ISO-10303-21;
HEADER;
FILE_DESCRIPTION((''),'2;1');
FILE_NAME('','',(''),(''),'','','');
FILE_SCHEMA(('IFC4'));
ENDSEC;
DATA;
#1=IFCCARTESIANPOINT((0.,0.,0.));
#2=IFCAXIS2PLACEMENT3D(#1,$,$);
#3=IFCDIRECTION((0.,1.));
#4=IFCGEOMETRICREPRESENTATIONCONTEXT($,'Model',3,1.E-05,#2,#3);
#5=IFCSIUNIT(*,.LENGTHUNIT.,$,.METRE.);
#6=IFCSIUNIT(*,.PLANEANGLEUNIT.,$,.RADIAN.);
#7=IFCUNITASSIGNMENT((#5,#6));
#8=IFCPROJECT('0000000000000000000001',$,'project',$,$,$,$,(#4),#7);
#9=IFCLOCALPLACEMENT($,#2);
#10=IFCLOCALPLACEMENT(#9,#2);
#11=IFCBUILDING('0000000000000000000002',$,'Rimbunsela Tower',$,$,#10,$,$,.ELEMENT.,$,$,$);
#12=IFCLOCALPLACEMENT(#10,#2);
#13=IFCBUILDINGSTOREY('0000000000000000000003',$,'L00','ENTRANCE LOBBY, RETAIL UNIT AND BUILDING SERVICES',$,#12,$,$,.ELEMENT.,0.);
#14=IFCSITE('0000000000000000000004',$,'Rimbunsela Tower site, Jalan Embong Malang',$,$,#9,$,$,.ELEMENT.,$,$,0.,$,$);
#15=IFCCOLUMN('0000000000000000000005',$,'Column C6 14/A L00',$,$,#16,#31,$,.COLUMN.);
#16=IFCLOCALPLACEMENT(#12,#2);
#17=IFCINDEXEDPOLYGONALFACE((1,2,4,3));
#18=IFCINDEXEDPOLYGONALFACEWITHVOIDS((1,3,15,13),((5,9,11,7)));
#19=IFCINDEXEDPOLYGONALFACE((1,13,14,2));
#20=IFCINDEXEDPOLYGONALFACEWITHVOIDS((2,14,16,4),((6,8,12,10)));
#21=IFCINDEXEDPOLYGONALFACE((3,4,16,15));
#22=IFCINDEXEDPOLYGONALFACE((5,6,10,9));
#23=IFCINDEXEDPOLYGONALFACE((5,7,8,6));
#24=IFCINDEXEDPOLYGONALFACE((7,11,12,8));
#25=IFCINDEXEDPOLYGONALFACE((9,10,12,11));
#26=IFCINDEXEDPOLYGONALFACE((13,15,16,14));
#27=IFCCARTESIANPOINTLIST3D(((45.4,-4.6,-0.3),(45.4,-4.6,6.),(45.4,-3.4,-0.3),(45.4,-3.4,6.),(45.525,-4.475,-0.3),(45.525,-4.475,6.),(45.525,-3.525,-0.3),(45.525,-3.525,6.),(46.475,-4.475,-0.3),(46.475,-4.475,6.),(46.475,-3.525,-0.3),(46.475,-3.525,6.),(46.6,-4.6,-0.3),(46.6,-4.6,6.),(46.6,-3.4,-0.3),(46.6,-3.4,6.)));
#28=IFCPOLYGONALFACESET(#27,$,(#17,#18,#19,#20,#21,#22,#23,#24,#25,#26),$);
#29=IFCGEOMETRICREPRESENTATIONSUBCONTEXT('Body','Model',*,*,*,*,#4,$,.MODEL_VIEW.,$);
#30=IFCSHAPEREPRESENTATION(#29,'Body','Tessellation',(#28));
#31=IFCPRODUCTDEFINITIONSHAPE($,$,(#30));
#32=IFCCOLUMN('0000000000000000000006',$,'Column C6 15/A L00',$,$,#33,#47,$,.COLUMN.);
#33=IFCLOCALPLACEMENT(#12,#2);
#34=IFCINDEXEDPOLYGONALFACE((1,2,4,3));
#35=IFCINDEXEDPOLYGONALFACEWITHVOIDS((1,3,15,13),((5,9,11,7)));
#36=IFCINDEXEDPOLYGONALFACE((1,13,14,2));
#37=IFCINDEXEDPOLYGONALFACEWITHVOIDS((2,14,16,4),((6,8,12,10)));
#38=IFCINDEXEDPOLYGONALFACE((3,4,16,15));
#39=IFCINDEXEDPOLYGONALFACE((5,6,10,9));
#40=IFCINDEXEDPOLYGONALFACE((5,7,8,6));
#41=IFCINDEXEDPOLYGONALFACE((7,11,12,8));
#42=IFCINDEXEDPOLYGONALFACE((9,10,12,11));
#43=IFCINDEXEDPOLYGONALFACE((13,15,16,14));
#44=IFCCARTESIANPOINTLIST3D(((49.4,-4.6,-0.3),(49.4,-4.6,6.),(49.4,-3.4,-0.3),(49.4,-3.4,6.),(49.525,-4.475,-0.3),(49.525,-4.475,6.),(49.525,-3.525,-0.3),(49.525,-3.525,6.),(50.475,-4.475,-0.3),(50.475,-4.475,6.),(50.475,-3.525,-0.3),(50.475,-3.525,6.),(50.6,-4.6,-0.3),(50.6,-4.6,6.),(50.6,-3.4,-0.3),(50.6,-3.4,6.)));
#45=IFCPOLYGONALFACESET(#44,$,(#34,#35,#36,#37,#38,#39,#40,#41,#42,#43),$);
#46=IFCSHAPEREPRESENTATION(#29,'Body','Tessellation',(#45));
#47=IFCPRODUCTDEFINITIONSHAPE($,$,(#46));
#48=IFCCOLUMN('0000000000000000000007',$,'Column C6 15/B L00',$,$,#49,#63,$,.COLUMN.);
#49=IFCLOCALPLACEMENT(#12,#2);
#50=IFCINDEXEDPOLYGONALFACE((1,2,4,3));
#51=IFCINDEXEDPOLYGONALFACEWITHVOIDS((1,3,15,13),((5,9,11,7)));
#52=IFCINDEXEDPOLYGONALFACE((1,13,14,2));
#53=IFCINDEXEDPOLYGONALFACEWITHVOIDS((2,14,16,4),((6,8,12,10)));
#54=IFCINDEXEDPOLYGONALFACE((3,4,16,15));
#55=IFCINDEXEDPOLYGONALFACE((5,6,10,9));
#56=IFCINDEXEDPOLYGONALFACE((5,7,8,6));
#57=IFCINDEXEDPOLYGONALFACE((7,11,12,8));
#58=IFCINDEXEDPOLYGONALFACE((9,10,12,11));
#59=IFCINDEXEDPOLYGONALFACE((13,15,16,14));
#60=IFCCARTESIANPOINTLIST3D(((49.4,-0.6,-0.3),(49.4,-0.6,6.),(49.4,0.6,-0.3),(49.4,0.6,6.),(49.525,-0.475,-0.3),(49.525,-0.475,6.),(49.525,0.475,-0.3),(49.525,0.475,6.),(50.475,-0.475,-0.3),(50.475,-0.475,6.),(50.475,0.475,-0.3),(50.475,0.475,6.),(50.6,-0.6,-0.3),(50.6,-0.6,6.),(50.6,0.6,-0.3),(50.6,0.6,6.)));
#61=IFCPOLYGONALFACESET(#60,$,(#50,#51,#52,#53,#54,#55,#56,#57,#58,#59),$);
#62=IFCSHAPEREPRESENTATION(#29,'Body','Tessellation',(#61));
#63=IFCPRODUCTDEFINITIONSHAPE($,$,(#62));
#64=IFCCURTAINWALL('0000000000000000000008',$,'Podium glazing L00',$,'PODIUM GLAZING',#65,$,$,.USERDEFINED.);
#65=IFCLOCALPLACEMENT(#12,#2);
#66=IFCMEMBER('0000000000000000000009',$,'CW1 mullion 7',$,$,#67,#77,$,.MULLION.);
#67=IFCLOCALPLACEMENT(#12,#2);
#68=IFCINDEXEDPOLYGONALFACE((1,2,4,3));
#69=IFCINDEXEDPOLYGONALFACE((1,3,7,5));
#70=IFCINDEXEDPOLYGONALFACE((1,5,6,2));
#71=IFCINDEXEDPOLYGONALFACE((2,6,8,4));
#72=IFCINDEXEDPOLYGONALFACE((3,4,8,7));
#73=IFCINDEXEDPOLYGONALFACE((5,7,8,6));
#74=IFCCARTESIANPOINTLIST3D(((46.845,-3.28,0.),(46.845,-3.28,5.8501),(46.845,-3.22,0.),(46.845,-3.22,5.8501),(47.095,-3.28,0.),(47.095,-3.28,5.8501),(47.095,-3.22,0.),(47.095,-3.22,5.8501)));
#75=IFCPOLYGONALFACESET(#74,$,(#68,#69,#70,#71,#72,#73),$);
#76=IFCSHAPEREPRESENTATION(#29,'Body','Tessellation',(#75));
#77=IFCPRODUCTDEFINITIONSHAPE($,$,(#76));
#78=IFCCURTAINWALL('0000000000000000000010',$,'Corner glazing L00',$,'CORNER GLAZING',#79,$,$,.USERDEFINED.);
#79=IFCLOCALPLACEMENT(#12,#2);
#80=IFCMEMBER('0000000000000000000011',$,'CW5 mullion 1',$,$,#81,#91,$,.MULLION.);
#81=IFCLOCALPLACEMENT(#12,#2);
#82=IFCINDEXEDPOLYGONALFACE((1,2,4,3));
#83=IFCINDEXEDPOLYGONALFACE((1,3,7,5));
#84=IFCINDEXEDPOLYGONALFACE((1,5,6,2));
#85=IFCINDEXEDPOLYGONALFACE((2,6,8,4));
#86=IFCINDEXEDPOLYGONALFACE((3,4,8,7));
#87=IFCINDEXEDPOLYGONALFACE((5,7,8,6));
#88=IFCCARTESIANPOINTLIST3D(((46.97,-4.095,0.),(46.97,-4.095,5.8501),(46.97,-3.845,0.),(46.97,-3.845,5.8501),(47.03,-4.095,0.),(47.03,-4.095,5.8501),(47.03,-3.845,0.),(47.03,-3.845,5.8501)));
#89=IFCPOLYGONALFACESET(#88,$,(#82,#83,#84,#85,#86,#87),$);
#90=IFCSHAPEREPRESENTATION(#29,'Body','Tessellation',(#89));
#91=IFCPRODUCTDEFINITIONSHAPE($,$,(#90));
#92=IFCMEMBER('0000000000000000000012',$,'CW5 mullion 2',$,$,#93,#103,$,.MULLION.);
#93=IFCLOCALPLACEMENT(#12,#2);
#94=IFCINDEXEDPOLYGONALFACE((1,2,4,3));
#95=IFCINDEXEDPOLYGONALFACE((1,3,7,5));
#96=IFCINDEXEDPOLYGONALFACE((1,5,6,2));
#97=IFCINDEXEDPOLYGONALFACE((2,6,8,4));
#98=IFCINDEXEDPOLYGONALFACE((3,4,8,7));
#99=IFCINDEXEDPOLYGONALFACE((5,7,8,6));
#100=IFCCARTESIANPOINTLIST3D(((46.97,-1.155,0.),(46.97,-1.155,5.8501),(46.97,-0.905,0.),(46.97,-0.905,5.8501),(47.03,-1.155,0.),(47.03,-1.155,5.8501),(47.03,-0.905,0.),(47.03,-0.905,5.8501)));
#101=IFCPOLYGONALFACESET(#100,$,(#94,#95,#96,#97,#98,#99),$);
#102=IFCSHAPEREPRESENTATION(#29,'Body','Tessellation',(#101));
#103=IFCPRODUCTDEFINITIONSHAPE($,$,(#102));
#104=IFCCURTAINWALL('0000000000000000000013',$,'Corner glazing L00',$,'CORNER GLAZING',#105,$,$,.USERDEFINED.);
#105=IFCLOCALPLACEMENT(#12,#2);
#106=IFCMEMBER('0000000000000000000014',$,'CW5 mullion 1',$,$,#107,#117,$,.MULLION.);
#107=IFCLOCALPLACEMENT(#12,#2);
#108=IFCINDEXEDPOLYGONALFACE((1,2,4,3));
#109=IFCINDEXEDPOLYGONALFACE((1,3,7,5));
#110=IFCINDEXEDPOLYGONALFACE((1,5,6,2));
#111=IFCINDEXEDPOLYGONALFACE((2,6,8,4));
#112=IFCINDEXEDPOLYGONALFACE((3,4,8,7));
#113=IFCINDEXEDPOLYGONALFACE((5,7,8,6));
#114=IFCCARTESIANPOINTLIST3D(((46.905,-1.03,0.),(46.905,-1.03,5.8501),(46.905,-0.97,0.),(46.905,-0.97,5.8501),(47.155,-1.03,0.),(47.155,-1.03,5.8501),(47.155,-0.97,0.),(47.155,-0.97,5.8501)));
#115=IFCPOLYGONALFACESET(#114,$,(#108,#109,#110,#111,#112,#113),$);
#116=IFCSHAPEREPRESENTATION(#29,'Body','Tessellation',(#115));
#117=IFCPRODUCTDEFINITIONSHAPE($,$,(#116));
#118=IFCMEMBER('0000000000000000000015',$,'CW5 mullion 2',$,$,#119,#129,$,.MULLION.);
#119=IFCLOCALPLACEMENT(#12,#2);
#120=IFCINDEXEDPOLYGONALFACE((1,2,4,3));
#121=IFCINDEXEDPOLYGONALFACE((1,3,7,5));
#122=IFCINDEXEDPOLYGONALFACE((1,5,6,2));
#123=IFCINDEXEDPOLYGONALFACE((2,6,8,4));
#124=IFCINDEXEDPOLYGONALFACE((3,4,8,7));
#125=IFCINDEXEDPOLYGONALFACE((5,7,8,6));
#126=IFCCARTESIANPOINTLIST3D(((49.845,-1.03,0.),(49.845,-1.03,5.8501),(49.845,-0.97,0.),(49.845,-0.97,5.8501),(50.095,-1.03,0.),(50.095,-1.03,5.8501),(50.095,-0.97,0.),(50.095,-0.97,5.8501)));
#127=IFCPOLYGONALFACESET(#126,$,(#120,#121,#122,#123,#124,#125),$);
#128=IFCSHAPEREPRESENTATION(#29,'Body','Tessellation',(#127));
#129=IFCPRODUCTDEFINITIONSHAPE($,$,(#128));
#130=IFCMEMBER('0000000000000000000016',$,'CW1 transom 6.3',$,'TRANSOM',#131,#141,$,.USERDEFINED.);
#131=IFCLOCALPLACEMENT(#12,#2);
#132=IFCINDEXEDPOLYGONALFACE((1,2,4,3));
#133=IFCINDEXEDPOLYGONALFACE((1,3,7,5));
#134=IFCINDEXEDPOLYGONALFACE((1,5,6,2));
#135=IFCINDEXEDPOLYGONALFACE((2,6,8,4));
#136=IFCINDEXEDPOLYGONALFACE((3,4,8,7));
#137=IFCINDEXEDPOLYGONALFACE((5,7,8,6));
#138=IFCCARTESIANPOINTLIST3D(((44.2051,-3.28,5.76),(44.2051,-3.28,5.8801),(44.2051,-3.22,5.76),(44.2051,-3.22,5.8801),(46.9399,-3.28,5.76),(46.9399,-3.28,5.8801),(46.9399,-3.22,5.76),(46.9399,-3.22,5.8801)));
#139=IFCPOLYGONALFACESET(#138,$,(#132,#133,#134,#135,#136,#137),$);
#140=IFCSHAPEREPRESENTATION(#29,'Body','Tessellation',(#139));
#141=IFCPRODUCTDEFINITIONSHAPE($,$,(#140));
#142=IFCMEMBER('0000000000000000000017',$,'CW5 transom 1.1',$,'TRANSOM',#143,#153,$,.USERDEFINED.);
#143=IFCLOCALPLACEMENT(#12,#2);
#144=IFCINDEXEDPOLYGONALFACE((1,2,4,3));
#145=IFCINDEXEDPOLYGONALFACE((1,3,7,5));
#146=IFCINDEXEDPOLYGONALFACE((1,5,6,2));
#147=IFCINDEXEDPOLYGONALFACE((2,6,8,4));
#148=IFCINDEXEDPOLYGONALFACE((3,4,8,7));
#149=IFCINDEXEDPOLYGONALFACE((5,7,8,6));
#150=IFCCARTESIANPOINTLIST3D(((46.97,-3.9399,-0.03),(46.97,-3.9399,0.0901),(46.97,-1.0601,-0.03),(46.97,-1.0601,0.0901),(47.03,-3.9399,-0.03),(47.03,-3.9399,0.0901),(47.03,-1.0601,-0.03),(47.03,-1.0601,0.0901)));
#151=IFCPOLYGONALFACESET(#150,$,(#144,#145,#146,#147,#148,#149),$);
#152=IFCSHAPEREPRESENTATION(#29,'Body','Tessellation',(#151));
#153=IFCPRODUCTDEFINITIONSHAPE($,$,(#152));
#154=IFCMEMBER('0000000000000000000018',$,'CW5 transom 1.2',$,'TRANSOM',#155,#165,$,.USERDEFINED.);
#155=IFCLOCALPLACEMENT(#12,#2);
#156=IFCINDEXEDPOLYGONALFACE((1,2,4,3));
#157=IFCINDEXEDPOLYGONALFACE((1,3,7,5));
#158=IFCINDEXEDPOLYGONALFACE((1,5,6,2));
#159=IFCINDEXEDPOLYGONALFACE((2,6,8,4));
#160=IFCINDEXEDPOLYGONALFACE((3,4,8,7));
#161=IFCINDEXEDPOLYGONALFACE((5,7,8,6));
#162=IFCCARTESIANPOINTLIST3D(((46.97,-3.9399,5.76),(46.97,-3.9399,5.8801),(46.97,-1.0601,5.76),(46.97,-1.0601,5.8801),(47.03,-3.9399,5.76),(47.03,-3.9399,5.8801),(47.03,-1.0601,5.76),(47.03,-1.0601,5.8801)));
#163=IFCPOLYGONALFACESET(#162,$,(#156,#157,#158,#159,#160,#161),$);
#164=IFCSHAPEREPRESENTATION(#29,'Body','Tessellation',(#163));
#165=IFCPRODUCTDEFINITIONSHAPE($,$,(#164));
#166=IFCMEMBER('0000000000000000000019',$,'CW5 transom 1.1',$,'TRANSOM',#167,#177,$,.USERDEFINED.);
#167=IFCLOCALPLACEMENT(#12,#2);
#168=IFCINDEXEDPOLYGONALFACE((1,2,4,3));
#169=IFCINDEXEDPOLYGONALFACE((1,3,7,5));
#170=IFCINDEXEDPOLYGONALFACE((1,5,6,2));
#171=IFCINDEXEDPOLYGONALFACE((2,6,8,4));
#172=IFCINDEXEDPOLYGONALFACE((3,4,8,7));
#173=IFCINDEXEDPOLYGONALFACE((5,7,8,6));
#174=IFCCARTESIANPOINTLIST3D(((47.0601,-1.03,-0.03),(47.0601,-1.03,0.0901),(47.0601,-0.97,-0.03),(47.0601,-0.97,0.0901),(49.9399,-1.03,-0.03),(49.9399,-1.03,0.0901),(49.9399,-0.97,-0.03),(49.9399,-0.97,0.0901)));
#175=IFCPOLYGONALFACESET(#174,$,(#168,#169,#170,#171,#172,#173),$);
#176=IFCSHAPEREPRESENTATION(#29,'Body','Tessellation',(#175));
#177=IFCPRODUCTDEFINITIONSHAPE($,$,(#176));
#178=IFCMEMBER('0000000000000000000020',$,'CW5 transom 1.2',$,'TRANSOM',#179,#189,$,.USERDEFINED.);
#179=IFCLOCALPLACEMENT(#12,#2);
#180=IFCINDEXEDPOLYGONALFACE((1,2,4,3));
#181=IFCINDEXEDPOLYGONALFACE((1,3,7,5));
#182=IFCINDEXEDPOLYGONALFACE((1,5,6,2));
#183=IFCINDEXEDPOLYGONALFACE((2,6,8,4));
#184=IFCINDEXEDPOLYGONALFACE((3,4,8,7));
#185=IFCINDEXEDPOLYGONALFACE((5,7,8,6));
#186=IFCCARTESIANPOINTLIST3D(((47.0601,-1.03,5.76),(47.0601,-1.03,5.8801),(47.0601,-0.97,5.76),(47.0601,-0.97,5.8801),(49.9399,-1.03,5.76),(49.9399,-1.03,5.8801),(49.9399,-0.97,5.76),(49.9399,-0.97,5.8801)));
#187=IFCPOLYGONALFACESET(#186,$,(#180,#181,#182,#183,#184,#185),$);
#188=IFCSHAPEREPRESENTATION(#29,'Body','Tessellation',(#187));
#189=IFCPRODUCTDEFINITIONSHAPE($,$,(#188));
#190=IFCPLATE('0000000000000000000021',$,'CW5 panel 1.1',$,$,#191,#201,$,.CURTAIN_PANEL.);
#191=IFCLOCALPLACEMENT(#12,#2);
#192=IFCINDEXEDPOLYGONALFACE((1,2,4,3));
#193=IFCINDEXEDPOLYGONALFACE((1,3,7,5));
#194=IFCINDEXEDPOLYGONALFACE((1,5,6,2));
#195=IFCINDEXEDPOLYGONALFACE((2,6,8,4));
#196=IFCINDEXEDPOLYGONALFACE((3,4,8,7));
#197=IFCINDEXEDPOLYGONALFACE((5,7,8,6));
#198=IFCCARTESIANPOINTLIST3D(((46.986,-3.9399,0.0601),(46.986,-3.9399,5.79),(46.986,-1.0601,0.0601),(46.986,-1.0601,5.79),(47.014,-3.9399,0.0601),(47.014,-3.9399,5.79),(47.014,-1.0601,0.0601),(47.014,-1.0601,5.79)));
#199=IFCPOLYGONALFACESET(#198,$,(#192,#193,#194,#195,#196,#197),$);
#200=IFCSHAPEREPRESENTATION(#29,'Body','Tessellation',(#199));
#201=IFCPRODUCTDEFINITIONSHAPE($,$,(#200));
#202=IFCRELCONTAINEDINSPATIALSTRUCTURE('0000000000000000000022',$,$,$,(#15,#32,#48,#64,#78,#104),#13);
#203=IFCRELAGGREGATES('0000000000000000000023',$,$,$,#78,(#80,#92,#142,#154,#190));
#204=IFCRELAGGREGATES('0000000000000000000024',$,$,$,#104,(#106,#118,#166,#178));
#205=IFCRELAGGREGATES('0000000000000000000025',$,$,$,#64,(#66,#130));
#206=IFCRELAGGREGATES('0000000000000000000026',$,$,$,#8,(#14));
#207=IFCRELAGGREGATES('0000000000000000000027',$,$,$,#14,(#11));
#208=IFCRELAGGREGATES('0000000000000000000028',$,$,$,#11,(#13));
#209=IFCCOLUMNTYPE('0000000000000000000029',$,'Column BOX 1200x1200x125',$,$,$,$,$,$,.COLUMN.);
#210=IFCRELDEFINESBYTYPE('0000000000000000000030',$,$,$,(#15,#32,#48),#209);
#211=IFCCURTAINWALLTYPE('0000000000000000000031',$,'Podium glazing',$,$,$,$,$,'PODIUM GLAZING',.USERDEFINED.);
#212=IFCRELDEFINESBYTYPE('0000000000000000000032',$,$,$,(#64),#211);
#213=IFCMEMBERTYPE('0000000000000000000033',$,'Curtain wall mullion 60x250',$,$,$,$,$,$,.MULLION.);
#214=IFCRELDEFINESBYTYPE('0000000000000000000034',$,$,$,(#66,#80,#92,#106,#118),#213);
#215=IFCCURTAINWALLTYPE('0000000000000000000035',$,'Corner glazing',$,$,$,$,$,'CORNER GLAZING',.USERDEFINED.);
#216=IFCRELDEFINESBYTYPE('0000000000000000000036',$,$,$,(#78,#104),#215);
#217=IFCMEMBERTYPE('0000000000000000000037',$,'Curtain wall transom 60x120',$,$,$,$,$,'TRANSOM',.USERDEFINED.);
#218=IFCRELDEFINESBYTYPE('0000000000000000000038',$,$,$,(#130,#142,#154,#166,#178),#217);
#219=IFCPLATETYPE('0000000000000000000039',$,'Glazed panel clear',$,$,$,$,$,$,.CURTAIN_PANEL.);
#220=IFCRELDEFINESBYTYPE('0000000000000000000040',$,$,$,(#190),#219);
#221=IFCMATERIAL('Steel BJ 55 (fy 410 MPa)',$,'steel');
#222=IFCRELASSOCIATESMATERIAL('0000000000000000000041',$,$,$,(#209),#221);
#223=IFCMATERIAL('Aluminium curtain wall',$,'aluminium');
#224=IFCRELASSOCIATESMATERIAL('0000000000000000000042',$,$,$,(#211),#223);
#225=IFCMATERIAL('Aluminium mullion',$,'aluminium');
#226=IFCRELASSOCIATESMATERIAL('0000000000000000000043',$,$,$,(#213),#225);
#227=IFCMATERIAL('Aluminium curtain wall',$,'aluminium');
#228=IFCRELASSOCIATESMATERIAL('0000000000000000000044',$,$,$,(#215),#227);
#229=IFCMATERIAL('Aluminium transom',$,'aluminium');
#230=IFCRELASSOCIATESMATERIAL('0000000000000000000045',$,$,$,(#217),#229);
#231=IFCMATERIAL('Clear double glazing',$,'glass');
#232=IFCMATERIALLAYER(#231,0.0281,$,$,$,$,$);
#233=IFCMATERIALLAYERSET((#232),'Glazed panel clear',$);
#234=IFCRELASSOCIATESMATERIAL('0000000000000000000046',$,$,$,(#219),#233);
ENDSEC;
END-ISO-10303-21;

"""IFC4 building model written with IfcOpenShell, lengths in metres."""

from ifc_helpers import new_model, si_unit, direction, frame, origin, origin_2d, place, context, subcontext, project, spatial, rectangle, hollow_rectangle, extrude, material, layer, layer_set, material_profile, profile_set, type_object, element, aggregate, save


model = new_model("IFC4")

# Units and contexts
model_context = context("Model", 3, precision=1e-05, world=origin(), true_north=direction((0.0, 1.0)))
body_context = subcontext(model_context, "Body", "Model", "MODEL_VIEW")
ifc_project = project(units=[si_unit("LENGTHUNIT", "METRE"), si_unit("PLANEANGLEUNIT", "RADIAN")], contexts=[model_context])

# Site, building, storey
site_placement = place(None, origin())
site = spatial("IfcSite", under=ifc_project, at=site_placement, Name="Rimbunsela Tower site, Jalan Embong Malang", CompositionType="ELEMENT", RefElevation=0.0)
building_placement = place(site_placement, origin())
building = spatial("IfcBuilding", under=site, at=building_placement, Name="Rimbunsela Tower", CompositionType="ELEMENT")
storey_placement = place(building_placement, origin())
storey = spatial("IfcBuildingStorey", under=building, at=storey_placement, Name="L00", Description="ENTRANCE LOBBY, RETAIL UNIT AND BUILDING SERVICES", CompositionType="ELEMENT", Elevation=0.0)

# Columns
ifc_material_1 = material(Name="Steel BJ 55 (fy 410 MPa)", Category="steel")
ifc_material_profile_1 = material_profile(ifc_material_1, hollow_rectangle(XDim=1.2, YDim=1.2, WallThickness=0.125, at=origin_2d()), Name="BOX 1200x1200x125")
ifc_profile_set_1 = profile_set([ifc_material_profile_1], Name="Steel BJ 55 (fy 410 MPa)")
column_type = type_object("IfcColumnType", Name="Column BOX 1200x1200x125", PredefinedType="COLUMN", material=ifc_profile_set_1)
for number, where, z_axis, x_axis, name in (
    (1, (46.0, -4.0, -0.3), (0.0, 0.0, 1.0), (1.0, 0.0, 0.0), "Column C6 14/A L00"),
    (2, (50.0, -4.0, -0.3), (0.0, 0.0, 1.0), (1.0, 0.0, 0.0), "Column C6 15/A L00"),
    (3, (50.0, 0.0, -0.3), (0.0, 0.0, 1.0), (1.0, 0.0, 0.0), "Column C6 15/B L00"),
):
    element("IfcColumn", number, at=place(storey_placement, frame(where, z_axis=z_axis, x_axis=x_axis)), inside=storey, type_object=column_type, Name=name, PredefinedType="COLUMN", context=body_context, shape_type="SweptSolid", body=[
        extrude(hollow_rectangle(XDim=1.2, YDim=1.2, WallThickness=0.125, at=origin_2d()), origin(), (0.0, 0.0, 1.0), 6.3),
    ])

# Curtain wall, member
ifc_material_2 = material(Name="Aluminium curtain wall", Category="aluminium")
curtain_wall_type_1 = type_object("IfcCurtainWallType", Name="Podium glazing", ElementType="PODIUM GLAZING", PredefinedType="USERDEFINED", material=ifc_material_2)
curtain_wall_1_placement = place(storey_placement, origin())
curtain_wall_1 = element("IfcCurtainWall", 4, at=curtain_wall_1_placement, inside=storey, type_object=curtain_wall_type_1, Name="Podium glazing L00", ObjectType="PODIUM GLAZING", PredefinedType="USERDEFINED")
ifc_material_3 = material(Name="Aluminium mullion", Category="aluminium")
ifc_material_profile_2 = material_profile(ifc_material_3, rectangle(XDim=0.0601, YDim=0.25, at=origin_2d()), Name="Mullion 60x250")
ifc_profile_set_2 = profile_set([ifc_material_profile_2], Name="Aluminium mullion")
member_type_1 = type_object("IfcMemberType", Name="Curtain wall mullion 60x250", PredefinedType="MULLION", material=ifc_profile_set_2)
member_1_placement = place(storey_placement, frame((46.97, -3.25, 0.0), z_axis=(0.0, 0.0, 1.0), x_axis=(0.0, 1.0, 0.0)))
member_1 = element("IfcMember", 5, at=member_1_placement, type_object=member_type_1, Name="CW1 mullion 7", PredefinedType="MULLION", context=body_context, shape_type="SweptSolid", body=[
    extrude(rectangle(XDim=0.0601, YDim=0.25, at=origin_2d()), origin(), (0.0, 0.0, 1.0), 5.8501),
])

# Curtain walls, members
ifc_material_4 = material(Name="Aluminium curtain wall", Category="aluminium")
curtain_wall_type_2 = type_object("IfcCurtainWallType", Name="Corner glazing", ElementType="CORNER GLAZING", PredefinedType="USERDEFINED", material=ifc_material_4)
curtain_wall_2_placement = place(storey_placement, origin())
curtain_wall_2 = element("IfcCurtainWall", 6, at=curtain_wall_2_placement, inside=storey, type_object=curtain_wall_type_2, Name="Corner glazing L00", ObjectType="CORNER GLAZING", PredefinedType="USERDEFINED")
member_2_placement = place(storey_placement, frame((47.0, -3.97, 0.0), z_axis=(0.0, 0.0, 1.0), x_axis=(-1.0, 0.0, 0.0)))
member_2 = element("IfcMember", 7, at=member_2_placement, type_object=member_type_1, Name="CW5 mullion 1", PredefinedType="MULLION", context=body_context, shape_type="SweptSolid", body=[
    extrude(rectangle(XDim=0.0601, YDim=0.25, at=origin_2d()), origin(), (0.0, 0.0, 1.0), 5.8501),
])
member_3_placement = place(storey_placement, frame((47.0, -1.03, 0.0), z_axis=(0.0, 0.0, 1.0), x_axis=(-1.0, 0.0, 0.0)))
member_3 = element("IfcMember", 8, at=member_3_placement, type_object=member_type_1, Name="CW5 mullion 2", PredefinedType="MULLION", context=body_context, shape_type="SweptSolid", body=[
    extrude(rectangle(XDim=0.0601, YDim=0.25, at=origin_2d()), origin(), (0.0, 0.0, 1.0), 5.8501),
])
curtain_wall_3_placement = place(storey_placement, origin())
curtain_wall_3 = element("IfcCurtainWall", 9, at=curtain_wall_3_placement, inside=storey, type_object=curtain_wall_type_2, Name="Corner glazing L00", ObjectType="CORNER GLAZING", PredefinedType="USERDEFINED")
member_4_placement = place(storey_placement, frame((47.03, -1.0, 0.0), z_axis=(0.0, 0.0, 1.0), x_axis=(0.0, 1.0, 0.0)))
member_4 = element("IfcMember", 10, at=member_4_placement, type_object=member_type_1, Name="CW5 mullion 1", PredefinedType="MULLION", context=body_context, shape_type="SweptSolid", body=[
    extrude(rectangle(XDim=0.0601, YDim=0.25, at=origin_2d()), origin(), (0.0, 0.0, 1.0), 5.8501),
])
member_5_placement = place(storey_placement, frame((49.97, -1.0, 0.0), z_axis=(0.0, 0.0, 1.0), x_axis=(0.0, 1.0, 0.0)))
member_5 = element("IfcMember", 11, at=member_5_placement, type_object=member_type_1, Name="CW5 mullion 2", PredefinedType="MULLION", context=body_context, shape_type="SweptSolid", body=[
    extrude(rectangle(XDim=0.0601, YDim=0.25, at=origin_2d()), origin(), (0.0, 0.0, 1.0), 5.8501),
])

# Members
ifc_material_5 = material(Name="Aluminium transom", Category="aluminium")
ifc_material_profile_3 = material_profile(ifc_material_5, rectangle(XDim=0.0601, YDim=0.1201, at=origin_2d()), Name="Transom 60x120")
ifc_profile_set_3 = profile_set([ifc_material_profile_3], Name="Aluminium transom")
member_type_2 = type_object("IfcMemberType", Name="Curtain wall transom 60x120", ElementType="TRANSOM", PredefinedType="USERDEFINED", material=ifc_profile_set_3)
member_6_placement = place(storey_placement, frame((44.2051, -3.25, 5.8201), z_axis=(1.0, 0.0, 0.0), x_axis=(0.0, 1.0, 0.0)))
member_6 = element("IfcMember", 12, at=member_6_placement, type_object=member_type_2, Name="CW1 transom 6.3", ObjectType="TRANSOM", PredefinedType="USERDEFINED", context=body_context, shape_type="SweptSolid", body=[
    extrude(rectangle(XDim=0.0601, YDim=0.1201, at=origin_2d()), origin(), (0.0, 0.0, 1.0), 2.7349),
])
member_7_placement = place(storey_placement, frame((47.0, -3.9399, 0.03), z_axis=(0.0, 1.0, 0.0), x_axis=(-1.0, 0.0, 0.0)))
member_7 = element("IfcMember", 13, at=member_7_placement, type_object=member_type_2, Name="CW5 transom 1.1", ObjectType="TRANSOM", PredefinedType="USERDEFINED", context=body_context, shape_type="SweptSolid", body=[
    extrude(rectangle(XDim=0.0601, YDim=0.1201, at=origin_2d()), origin(), (0.0, 0.0, 1.0), 2.8799),
])
member_8_placement = place(storey_placement, frame((47.0, -3.9399, 5.8201), z_axis=(0.0, 1.0, 0.0), x_axis=(-1.0, 0.0, 0.0)))
member_8 = element("IfcMember", 14, at=member_8_placement, type_object=member_type_2, Name="CW5 transom 1.2", ObjectType="TRANSOM", PredefinedType="USERDEFINED", context=body_context, shape_type="SweptSolid", body=[
    extrude(rectangle(XDim=0.0601, YDim=0.1201, at=origin_2d()), origin(), (0.0, 0.0, 1.0), 2.8799),
])
member_9_placement = place(storey_placement, frame((47.0601, -1.0, 0.03), z_axis=(1.0, 0.0, 0.0), x_axis=(0.0, 1.0, 0.0)))
member_9 = element("IfcMember", 15, at=member_9_placement, type_object=member_type_2, Name="CW5 transom 1.1", ObjectType="TRANSOM", PredefinedType="USERDEFINED", context=body_context, shape_type="SweptSolid", body=[
    extrude(rectangle(XDim=0.0601, YDim=0.1201, at=origin_2d()), origin(), (0.0, 0.0, 1.0), 2.8799),
])
member_10_placement = place(storey_placement, frame((47.0601, -1.0, 5.8201), z_axis=(1.0, 0.0, 0.0), x_axis=(0.0, 1.0, 0.0)))
member_10 = element("IfcMember", 16, at=member_10_placement, type_object=member_type_2, Name="CW5 transom 1.2", ObjectType="TRANSOM", PredefinedType="USERDEFINED", context=body_context, shape_type="SweptSolid", body=[
    extrude(rectangle(XDim=0.0601, YDim=0.1201, at=origin_2d()), origin(), (0.0, 0.0, 1.0), 2.8799),
])

# Plate
ifc_material_6 = material(Name="Clear double glazing", Category="glass")
ifc_layer_1 = layer(ifc_material_6, 0.0281)
ifc_layer_set_1 = layer_set([ifc_layer_1], Name="Glazed panel clear")
plate_type_1 = type_object("IfcPlateType", Name="Glazed panel clear", PredefinedType="CURTAIN_PANEL", material=ifc_layer_set_1)
plate_1_placement = place(storey_placement, frame((47.0, -2.5, 0.0601), z_axis=(0.0, 0.0, 1.0), x_axis=(0.0, 1.0, 0.0)))
plate_1 = element("IfcPlate", 17, at=plate_1_placement, type_object=plate_type_1, Name="CW5 panel 1.1", PredefinedType="CURTAIN_PANEL", context=body_context, shape_type="SweptSolid", body=[
    extrude(rectangle(XDim=2.8799, YDim=0.0281, at=origin_2d()), origin(), (0.0, 0.0, 1.0), 5.73),
])
aggregate(curtain_wall_2, [member_2, member_3, member_7, member_8, plate_1])
aggregate(curtain_wall_3, [member_4, member_5, member_9, member_10])
aggregate(curtain_wall_1, [member_1, member_6])

save(model, "model.ifc")
